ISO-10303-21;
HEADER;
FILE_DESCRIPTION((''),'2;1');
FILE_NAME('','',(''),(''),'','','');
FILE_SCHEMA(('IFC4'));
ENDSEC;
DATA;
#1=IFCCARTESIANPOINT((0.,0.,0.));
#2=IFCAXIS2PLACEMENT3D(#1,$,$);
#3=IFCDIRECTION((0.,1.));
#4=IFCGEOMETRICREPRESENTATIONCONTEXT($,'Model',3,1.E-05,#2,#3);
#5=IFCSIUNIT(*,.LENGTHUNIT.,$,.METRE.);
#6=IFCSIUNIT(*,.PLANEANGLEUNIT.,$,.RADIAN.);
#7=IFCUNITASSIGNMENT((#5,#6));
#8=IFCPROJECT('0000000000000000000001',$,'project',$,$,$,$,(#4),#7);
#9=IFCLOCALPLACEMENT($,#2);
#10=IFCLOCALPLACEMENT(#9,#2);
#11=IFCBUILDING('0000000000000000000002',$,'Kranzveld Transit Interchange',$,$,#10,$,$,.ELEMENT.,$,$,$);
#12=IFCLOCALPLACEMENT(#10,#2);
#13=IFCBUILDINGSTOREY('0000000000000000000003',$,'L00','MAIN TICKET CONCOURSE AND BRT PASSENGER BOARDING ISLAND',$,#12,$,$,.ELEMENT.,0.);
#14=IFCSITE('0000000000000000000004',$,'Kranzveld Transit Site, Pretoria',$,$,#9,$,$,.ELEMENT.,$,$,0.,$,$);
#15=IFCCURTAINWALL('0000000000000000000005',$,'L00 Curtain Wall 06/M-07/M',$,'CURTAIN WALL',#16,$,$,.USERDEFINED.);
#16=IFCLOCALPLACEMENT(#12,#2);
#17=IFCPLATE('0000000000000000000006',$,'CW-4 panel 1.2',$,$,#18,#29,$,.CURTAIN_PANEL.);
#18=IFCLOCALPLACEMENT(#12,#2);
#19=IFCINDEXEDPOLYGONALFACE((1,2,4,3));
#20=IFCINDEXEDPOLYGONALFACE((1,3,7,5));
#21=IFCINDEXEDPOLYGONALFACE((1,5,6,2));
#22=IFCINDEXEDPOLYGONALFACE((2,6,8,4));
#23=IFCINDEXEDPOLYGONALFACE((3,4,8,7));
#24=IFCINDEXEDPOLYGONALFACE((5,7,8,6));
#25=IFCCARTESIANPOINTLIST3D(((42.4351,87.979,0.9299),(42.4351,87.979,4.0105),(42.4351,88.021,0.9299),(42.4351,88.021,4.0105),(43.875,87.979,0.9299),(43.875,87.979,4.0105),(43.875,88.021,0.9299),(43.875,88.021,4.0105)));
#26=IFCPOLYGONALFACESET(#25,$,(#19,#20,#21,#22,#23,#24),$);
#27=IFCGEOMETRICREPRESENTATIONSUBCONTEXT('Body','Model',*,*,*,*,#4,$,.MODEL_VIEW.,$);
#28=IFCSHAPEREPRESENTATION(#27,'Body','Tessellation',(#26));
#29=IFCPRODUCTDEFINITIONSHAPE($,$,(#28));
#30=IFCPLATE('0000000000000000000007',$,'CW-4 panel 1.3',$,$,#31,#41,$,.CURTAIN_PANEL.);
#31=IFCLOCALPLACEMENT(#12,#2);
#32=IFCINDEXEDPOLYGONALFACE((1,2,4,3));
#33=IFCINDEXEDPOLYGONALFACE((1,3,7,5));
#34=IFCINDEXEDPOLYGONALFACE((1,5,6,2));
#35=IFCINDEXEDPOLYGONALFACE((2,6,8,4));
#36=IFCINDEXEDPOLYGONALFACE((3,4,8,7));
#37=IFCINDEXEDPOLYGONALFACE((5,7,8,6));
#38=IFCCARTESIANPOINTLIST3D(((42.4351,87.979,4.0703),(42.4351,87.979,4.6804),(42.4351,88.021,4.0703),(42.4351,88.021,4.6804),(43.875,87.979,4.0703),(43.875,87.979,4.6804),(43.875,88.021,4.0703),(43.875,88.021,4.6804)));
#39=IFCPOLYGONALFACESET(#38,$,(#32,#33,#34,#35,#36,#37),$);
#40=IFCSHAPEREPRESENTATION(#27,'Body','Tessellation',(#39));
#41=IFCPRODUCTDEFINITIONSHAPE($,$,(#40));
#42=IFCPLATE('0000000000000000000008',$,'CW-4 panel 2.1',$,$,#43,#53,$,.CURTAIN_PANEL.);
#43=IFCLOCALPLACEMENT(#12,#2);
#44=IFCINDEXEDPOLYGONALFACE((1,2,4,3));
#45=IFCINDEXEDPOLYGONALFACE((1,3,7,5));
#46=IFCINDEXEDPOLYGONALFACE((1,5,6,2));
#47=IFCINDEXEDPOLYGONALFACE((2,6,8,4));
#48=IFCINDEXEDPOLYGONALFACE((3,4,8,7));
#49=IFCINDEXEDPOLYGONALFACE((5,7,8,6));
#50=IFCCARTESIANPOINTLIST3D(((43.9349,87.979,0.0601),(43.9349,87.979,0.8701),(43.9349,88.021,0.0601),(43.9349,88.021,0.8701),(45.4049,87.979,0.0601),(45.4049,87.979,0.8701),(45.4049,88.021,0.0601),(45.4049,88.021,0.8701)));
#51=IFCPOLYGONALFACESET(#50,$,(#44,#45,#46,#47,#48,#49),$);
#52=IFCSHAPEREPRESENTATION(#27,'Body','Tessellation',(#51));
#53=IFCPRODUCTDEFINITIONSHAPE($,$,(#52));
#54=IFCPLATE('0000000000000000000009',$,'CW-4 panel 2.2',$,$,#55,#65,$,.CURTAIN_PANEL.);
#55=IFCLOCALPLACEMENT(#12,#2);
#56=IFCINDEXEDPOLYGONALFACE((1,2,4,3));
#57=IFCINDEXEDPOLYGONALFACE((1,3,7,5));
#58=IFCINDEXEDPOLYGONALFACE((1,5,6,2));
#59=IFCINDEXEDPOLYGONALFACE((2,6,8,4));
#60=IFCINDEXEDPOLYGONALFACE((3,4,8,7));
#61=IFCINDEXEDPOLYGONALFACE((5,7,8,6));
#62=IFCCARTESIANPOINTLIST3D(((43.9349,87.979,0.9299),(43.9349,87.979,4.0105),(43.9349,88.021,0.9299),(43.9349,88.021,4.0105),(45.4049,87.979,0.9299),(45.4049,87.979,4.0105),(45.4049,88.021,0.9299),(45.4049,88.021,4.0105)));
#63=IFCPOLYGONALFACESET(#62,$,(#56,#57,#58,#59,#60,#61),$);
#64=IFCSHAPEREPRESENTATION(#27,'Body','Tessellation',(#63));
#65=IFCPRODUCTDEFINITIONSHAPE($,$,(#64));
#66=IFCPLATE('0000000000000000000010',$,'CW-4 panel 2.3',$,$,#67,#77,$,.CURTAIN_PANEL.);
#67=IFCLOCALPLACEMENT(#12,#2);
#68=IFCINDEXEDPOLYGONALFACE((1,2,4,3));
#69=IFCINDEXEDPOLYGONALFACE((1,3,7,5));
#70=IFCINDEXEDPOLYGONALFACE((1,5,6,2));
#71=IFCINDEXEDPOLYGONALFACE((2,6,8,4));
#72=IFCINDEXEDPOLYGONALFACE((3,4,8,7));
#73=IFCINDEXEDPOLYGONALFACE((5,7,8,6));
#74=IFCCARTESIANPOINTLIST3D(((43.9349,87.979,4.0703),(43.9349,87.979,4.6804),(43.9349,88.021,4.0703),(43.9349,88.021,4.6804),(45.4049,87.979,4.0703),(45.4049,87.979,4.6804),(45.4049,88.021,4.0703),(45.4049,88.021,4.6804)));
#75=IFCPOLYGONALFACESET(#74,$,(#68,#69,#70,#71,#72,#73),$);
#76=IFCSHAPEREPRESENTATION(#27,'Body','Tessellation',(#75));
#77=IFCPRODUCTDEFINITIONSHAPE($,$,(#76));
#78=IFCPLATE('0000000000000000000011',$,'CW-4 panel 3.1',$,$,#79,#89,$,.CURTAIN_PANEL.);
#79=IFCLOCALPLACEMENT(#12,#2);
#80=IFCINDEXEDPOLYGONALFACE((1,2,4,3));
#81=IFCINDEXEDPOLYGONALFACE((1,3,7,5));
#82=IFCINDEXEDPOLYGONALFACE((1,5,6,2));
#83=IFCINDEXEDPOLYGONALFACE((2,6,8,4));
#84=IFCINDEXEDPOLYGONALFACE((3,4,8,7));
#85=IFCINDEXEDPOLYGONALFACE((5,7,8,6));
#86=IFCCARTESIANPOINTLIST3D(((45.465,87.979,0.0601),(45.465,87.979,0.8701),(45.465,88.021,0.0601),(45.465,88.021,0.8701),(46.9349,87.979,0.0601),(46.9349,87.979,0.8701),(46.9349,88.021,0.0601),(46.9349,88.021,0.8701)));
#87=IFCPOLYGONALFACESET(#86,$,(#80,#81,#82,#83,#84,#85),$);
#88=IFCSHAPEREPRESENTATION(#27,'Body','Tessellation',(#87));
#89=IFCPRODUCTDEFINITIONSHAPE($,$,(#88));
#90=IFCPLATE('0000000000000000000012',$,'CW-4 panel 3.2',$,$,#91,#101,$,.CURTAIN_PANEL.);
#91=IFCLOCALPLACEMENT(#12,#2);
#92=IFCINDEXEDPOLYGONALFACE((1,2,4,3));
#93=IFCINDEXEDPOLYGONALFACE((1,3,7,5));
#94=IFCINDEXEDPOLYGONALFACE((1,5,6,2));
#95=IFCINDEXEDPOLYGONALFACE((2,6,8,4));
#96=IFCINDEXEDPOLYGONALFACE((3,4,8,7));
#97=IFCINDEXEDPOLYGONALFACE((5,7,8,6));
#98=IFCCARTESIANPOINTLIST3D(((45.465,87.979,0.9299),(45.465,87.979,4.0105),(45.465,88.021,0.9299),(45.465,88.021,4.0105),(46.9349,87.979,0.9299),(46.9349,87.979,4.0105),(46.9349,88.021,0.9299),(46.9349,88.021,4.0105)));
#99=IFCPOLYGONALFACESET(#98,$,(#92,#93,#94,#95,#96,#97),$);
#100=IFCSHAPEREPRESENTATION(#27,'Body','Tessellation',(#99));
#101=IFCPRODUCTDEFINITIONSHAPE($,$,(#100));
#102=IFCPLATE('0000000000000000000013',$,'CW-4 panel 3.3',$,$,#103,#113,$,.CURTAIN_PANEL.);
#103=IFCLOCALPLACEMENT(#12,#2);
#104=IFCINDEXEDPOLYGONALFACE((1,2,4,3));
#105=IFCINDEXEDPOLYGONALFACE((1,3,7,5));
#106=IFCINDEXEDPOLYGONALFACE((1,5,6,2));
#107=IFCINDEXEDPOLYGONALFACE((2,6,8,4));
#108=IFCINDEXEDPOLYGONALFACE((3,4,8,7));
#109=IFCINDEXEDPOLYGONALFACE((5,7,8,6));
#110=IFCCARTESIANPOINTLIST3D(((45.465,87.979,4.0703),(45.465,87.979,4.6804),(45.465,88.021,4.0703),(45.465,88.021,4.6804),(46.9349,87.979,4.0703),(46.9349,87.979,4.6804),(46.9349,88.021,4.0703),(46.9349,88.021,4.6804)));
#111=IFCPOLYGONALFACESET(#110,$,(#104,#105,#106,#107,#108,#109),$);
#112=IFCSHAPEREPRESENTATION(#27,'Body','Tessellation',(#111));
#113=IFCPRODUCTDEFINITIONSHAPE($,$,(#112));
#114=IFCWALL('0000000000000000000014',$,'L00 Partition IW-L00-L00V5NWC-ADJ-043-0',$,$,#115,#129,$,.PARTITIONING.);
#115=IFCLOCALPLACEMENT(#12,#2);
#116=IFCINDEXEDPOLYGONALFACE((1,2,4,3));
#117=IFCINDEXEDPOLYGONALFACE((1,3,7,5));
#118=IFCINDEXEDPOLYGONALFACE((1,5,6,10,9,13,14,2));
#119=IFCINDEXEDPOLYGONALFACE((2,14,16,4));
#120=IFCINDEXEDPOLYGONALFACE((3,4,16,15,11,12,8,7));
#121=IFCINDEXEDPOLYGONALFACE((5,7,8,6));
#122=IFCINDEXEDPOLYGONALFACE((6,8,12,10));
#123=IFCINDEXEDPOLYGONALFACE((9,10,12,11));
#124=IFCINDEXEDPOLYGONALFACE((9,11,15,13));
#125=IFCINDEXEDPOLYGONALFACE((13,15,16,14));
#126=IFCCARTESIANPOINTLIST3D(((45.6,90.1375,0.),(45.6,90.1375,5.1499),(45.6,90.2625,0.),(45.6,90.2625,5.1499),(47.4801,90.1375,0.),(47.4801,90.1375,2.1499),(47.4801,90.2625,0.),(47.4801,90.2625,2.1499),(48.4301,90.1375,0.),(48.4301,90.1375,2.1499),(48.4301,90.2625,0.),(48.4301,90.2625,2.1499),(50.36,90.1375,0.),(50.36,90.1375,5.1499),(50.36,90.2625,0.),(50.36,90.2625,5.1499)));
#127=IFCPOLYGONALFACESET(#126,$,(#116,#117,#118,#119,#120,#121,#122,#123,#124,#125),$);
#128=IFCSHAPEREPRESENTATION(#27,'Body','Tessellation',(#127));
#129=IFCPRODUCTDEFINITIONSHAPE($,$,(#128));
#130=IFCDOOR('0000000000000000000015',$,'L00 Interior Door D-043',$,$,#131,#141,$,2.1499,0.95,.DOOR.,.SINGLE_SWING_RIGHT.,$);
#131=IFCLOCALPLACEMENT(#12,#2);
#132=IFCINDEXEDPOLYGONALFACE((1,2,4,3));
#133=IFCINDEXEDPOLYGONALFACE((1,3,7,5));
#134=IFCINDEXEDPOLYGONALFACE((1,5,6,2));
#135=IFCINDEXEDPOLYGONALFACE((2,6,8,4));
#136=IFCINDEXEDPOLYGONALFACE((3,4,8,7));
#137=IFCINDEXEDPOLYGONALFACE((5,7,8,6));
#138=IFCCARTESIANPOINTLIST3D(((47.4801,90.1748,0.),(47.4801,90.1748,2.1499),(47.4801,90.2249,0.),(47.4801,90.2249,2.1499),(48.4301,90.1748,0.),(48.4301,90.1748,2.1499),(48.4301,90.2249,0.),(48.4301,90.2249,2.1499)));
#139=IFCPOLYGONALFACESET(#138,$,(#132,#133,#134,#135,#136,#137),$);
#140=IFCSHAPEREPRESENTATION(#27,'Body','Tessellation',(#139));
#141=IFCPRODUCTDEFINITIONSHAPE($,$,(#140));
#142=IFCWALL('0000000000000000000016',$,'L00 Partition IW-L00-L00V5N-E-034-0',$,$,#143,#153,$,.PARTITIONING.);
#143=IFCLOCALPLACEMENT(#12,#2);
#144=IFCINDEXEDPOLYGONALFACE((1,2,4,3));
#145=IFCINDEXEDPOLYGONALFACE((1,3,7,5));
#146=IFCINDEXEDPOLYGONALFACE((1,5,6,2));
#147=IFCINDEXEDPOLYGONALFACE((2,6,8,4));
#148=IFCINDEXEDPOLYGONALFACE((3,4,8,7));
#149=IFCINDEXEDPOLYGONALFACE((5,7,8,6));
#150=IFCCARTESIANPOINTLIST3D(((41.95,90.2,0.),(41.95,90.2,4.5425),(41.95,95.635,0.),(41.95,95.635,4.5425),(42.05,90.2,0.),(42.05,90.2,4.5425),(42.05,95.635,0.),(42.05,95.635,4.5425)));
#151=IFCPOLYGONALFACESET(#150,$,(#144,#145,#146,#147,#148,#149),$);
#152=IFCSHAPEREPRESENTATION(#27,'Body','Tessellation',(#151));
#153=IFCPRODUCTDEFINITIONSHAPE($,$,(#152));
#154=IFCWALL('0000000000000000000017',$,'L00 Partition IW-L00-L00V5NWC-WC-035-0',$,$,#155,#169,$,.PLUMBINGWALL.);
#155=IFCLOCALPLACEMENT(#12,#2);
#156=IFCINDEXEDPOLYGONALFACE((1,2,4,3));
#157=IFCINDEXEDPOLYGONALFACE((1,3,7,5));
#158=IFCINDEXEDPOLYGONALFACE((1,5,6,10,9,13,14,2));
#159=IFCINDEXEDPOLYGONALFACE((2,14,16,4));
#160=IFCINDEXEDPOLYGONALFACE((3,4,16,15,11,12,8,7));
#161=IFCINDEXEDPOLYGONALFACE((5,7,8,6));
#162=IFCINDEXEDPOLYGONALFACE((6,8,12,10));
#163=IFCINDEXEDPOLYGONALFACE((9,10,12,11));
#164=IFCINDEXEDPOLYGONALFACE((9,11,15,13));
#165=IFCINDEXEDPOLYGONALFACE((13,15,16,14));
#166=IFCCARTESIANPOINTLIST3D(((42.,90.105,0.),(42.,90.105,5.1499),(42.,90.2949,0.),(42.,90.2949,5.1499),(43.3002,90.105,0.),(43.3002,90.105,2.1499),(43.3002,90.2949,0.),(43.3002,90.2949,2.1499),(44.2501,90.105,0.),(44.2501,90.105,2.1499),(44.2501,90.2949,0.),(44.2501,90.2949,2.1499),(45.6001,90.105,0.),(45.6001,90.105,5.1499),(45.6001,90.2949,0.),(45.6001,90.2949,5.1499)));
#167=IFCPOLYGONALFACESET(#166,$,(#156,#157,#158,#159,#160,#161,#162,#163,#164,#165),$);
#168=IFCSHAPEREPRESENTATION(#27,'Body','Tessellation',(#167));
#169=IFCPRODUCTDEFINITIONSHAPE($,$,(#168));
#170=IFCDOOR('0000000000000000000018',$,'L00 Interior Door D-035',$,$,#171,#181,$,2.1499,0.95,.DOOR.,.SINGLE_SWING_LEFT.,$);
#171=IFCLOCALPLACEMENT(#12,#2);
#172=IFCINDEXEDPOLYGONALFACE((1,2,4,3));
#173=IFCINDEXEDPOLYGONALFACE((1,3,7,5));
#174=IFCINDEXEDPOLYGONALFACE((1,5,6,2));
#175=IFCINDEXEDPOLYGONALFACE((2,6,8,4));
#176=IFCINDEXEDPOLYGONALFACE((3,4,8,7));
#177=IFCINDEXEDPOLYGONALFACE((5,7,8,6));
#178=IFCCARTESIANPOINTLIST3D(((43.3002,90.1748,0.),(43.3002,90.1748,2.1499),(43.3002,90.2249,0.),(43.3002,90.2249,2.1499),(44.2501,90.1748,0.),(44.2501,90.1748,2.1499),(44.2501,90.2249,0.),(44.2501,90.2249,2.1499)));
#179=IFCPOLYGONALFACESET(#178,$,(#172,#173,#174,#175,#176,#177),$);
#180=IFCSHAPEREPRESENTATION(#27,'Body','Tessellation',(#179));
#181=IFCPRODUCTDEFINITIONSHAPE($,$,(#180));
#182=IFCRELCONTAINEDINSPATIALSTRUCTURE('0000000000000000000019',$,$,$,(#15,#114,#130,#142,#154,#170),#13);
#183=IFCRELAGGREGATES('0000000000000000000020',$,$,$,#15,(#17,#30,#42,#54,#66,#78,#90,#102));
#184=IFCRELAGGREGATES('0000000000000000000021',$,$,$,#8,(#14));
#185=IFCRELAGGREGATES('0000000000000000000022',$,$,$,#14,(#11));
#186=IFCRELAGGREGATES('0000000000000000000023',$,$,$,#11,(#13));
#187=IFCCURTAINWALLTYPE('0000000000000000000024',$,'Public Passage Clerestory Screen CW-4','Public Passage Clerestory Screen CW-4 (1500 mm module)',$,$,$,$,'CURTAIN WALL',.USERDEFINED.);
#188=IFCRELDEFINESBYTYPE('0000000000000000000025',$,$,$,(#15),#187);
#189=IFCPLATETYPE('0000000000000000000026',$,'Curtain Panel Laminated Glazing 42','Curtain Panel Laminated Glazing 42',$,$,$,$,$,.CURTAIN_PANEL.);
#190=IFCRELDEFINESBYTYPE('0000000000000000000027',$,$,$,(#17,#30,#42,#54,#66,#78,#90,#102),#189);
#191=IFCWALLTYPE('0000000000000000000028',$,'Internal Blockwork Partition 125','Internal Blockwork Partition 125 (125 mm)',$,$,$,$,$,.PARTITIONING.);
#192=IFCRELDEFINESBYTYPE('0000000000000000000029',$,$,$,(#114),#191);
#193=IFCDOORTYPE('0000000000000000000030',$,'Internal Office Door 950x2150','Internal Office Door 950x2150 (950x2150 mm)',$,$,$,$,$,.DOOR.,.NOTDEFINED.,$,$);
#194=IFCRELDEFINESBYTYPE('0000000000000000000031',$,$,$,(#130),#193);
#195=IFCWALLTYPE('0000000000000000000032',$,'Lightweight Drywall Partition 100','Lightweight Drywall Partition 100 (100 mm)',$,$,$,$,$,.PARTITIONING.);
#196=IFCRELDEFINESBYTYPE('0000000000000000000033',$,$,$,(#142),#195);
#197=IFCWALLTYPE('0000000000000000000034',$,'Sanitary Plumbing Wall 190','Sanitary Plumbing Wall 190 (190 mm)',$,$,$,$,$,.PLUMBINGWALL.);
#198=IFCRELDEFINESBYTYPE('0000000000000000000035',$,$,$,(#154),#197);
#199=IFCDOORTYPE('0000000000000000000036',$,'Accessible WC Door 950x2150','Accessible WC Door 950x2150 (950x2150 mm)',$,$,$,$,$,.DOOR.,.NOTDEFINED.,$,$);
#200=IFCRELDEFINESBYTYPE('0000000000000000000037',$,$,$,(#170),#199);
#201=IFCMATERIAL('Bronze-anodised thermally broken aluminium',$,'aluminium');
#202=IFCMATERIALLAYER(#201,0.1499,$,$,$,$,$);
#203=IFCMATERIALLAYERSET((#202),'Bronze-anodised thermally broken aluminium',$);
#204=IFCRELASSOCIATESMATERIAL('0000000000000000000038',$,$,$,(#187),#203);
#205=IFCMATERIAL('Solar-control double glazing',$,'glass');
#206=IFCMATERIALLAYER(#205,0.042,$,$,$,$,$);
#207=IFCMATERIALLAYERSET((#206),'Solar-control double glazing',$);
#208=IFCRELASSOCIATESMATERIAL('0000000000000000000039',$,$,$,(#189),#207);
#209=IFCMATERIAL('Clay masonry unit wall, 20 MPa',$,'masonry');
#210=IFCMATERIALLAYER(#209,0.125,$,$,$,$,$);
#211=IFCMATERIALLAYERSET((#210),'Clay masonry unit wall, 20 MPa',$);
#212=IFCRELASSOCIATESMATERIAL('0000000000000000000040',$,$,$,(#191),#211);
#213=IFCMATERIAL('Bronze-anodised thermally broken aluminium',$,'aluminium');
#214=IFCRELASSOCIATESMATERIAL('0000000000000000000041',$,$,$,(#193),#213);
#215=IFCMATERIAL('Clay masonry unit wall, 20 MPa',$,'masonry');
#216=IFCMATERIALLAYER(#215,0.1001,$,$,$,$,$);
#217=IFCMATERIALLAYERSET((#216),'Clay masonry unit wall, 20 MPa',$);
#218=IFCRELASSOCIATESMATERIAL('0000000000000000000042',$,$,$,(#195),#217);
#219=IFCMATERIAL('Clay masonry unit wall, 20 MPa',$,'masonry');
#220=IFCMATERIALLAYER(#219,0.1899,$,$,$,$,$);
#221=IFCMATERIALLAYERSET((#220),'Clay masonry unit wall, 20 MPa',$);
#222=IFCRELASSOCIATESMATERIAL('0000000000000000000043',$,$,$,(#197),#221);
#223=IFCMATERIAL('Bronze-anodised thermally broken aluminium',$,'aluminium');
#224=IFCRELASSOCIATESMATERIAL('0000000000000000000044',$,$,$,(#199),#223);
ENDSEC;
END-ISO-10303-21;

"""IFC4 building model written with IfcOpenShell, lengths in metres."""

from ifc_helpers import new_model, si_unit, direction, frame, frame_2d, origin, origin_2d, place, context, subcontext, project, spatial, rectangle, extrude, material, layer, layer_set, type_object, element, fill, aggregate, save


model = new_model("IFC4")

# Units and contexts
model_context = context("Model", 3, precision=1e-05, world=origin(), true_north=direction((0.0, 1.0)))
body_context = subcontext(model_context, "Body", "Model", "MODEL_VIEW")
ifc_project = project(units=[si_unit("LENGTHUNIT", "METRE"), si_unit("PLANEANGLEUNIT", "RADIAN")], contexts=[model_context])

# Site, building, storey
site_placement = place(None, origin())
site = spatial("IfcSite", under=ifc_project, at=site_placement, Name="Kranzveld Transit Site, Pretoria", CompositionType="ELEMENT", RefElevation=0.0)
building_placement = place(site_placement, origin())
building = spatial("IfcBuilding", under=site, at=building_placement, Name="Kranzveld Transit Interchange", CompositionType="ELEMENT")
storey_placement = place(building_placement, origin())
storey = spatial("IfcBuildingStorey", under=building, at=storey_placement, Name="L00", Description="MAIN TICKET CONCOURSE AND BRT PASSENGER BOARDING ISLAND", CompositionType="ELEMENT", Elevation=0.0)

# Curtain wall
ifc_material_1 = material(Name="Bronze-anodised thermally broken aluminium", Category="aluminium")
ifc_layer_1 = layer(ifc_material_1, 0.1499)
ifc_layer_set_1 = layer_set([ifc_layer_1], Name="Bronze-anodised thermally broken aluminium")
curtain_wall_type = type_object("IfcCurtainWallType", Name="Public Passage Clerestory Screen CW-4", Description="Public Passage Clerestory Screen CW-4 (1500 mm module)", ElementType="CURTAIN WALL", PredefinedType="USERDEFINED", material=ifc_layer_set_1)
curtain_wall_placement = place(storey_placement, origin())
curtain_wall = element("IfcCurtainWall", 1, at=curtain_wall_placement, inside=storey, type_object=curtain_wall_type, Name="L00 Curtain Wall 06/M-07/M", ObjectType="CURTAIN WALL", PredefinedType="USERDEFINED")

# Plates
ifc_material_2 = material(Name="Solar-control double glazing", Category="glass")
ifc_layer_2 = layer(ifc_material_2, 0.042)
ifc_layer_set_2 = layer_set([ifc_layer_2], Name="Solar-control double glazing")
plate_type = type_object("IfcPlateType", Name="Curtain Panel Laminated Glazing 42", Description="Curtain Panel Laminated Glazing 42", PredefinedType="CURTAIN_PANEL", material=ifc_layer_set_2)
plate_1_placement = place(storey_placement, frame((43.155, 88.0, 0.9299), z_axis=(0.0, 0.0, 1.0), x_axis=(1.0, 0.0, 0.0)))
plate_1 = element("IfcPlate", 2, at=plate_1_placement, type_object=plate_type, Name="CW-4 panel 1.2", PredefinedType="CURTAIN_PANEL", context=body_context, shape_type="SweptSolid", body=[
    extrude(rectangle(XDim=1.4399, YDim=0.042, at=origin_2d()), origin(), (0.0, 0.0, 1.0), 3.0806),
])
plate_2_placement = place(storey_placement, frame((43.155, 88.0, 4.0703), z_axis=(0.0, 0.0, 1.0), x_axis=(1.0, 0.0, 0.0)))
plate_2 = element("IfcPlate", 3, at=plate_2_placement, type_object=plate_type, Name="CW-4 panel 1.3", PredefinedType="CURTAIN_PANEL", context=body_context, shape_type="SweptSolid", body=[
    extrude(rectangle(XDim=1.4399, YDim=0.042, at=origin_2d()), origin(), (0.0, 0.0, 1.0), 0.6101),
])
plate_3_placement = place(storey_placement, frame((44.6699, 88.0, 0.0601), z_axis=(0.0, 0.0, 1.0), x_axis=(1.0, 0.0, 0.0)))
plate_3 = element("IfcPlate", 4, at=plate_3_placement, type_object=plate_type, Name="CW-4 panel 2.1", PredefinedType="CURTAIN_PANEL", context=body_context, shape_type="SweptSolid", body=[
    extrude(rectangle(XDim=1.47, YDim=0.042, at=origin_2d()), origin(), (0.0, 0.0, 1.0), 0.8101),
])
plate_4_placement = place(storey_placement, frame((44.6699, 88.0, 0.9299), z_axis=(0.0, 0.0, 1.0), x_axis=(1.0, 0.0, 0.0)))
plate_4 = element("IfcPlate", 5, at=plate_4_placement, type_object=plate_type, Name="CW-4 panel 2.2", PredefinedType="CURTAIN_PANEL", context=body_context, shape_type="SweptSolid", body=[
    extrude(rectangle(XDim=1.47, YDim=0.042, at=origin_2d()), origin(), (0.0, 0.0, 1.0), 3.0806),
])
plate_5_placement = place(storey_placement, frame((44.6699, 88.0, 4.0703), z_axis=(0.0, 0.0, 1.0), x_axis=(1.0, 0.0, 0.0)))
plate_5 = element("IfcPlate", 6, at=plate_5_placement, type_object=plate_type, Name="CW-4 panel 2.3", PredefinedType="CURTAIN_PANEL", context=body_context, shape_type="SweptSolid", body=[
    extrude(rectangle(XDim=1.47, YDim=0.042, at=origin_2d()), origin(), (0.0, 0.0, 1.0), 0.6101),
])
plate_6_placement = place(storey_placement, frame((46.2, 88.0, 0.0601), z_axis=(0.0, 0.0, 1.0), x_axis=(1.0, 0.0, 0.0)))
plate_6 = element("IfcPlate", 7, at=plate_6_placement, type_object=plate_type, Name="CW-4 panel 3.1", PredefinedType="CURTAIN_PANEL", context=body_context, shape_type="SweptSolid", body=[
    extrude(rectangle(XDim=1.47, YDim=0.042, at=origin_2d()), origin(), (0.0, 0.0, 1.0), 0.8101),
])
plate_7_placement = place(storey_placement, frame((46.2, 88.0, 0.9299), z_axis=(0.0, 0.0, 1.0), x_axis=(1.0, 0.0, 0.0)))
plate_7 = element("IfcPlate", 8, at=plate_7_placement, type_object=plate_type, Name="CW-4 panel 3.2", PredefinedType="CURTAIN_PANEL", context=body_context, shape_type="SweptSolid", body=[
    extrude(rectangle(XDim=1.47, YDim=0.042, at=origin_2d()), origin(), (0.0, 0.0, 1.0), 3.0806),
])
plate_8_placement = place(storey_placement, frame((46.2, 88.0, 4.0703), z_axis=(0.0, 0.0, 1.0), x_axis=(1.0, 0.0, 0.0)))
plate_8 = element("IfcPlate", 9, at=plate_8_placement, type_object=plate_type, Name="CW-4 panel 3.3", PredefinedType="CURTAIN_PANEL", context=body_context, shape_type="SweptSolid", body=[
    extrude(rectangle(XDim=1.47, YDim=0.042, at=origin_2d()), origin(), (0.0, 0.0, 1.0), 0.6101),
])
aggregate(curtain_wall, [plate_1, plate_2, plate_3, plate_4, plate_5, plate_6, plate_7, plate_8])

# Wall, opening, door
ifc_material_3 = material(Name="Clay masonry unit wall, 20 MPa", Category="masonry")
ifc_layer_3 = layer(ifc_material_3, 0.125)
ifc_layer_set_3 = layer_set([ifc_layer_3], Name="Clay masonry unit wall, 20 MPa")
wall_type_1 = type_object("IfcWallType", Name="Internal Blockwork Partition 125", Description="Internal Blockwork Partition 125 (125 mm)", PredefinedType="PARTITIONING", material=ifc_layer_set_3)
wall_1_placement = place(storey_placement, frame((45.6001, 90.2, 0.0), z_axis=(0.0, 0.0, 1.0), x_axis=(1.0, 0.0, 0.0)))
wall_1 = element("IfcWall", 10, at=wall_1_placement, inside=storey, type_object=wall_type_1, Name="L00 Partition IW-L00-L00V5NWC-ADJ-043-0", PredefinedType="PARTITIONING", context=body_context, shape_type="SweptSolid", body=[
    extrude(rectangle(XDim=4.76, YDim=0.125, at=frame_2d((2.3799, 0.0))), origin(), (0.0, 0.0, 1.0), 5.1499),
])
opening_1_placement = place(wall_1_placement, frame((1.8799, 0.0, 0.0), z_axis=(0.0, 0.0, 1.0), x_axis=(1.0, 0.0, 0.0)))
opening_1 = element("IfcOpeningElement", 11, at=opening_1_placement, cuts=wall_1, PredefinedType="OPENING", context=body_context, shape_type="SweptSolid", body=[
    extrude(rectangle(XDim=0.95, YDim=2.1499, at=frame_2d((0.4751, 1.075))), frame((0.0, 0.0725, 0.0), z_axis=(0.0, -1.0, 0.0), x_axis=(1.0, 0.0, 0.0)), (0.0, 0.0, 1.0), 0.145),
])
ifc_material_4 = material(Name="Bronze-anodised thermally broken aluminium", Category="aluminium")
door_type_1 = type_object("IfcDoorType", Name="Internal Office Door 950x2150", Description="Internal Office Door 950x2150 (950x2150 mm)", OperationType="NOTDEFINED", PredefinedType="DOOR", material=ifc_material_4)
door_1_placement = place(opening_1_placement, origin())
door_1 = element("IfcDoor", 12, at=door_1_placement, inside=storey, type_object=door_type_1, Name="L00 Interior Door D-043", OperationType="SINGLE_SWING_RIGHT", OverallHeight=2.1499, OverallWidth=0.95, PredefinedType="DOOR", context=body_context, shape_type="SweptSolid", body=[
    extrude(rectangle(XDim=0.95, YDim=2.1499, at=frame_2d((0.4751, 1.075))), frame((0.0, 0.0249, 0.0), z_axis=(0.0, -1.0, 0.0), x_axis=(1.0, 0.0, 0.0)), (0.0, 0.0, 1.0), 0.05),
])
fill(opening_1, door_1)

# Wall
ifc_material_5 = material(Name="Clay masonry unit wall, 20 MPa", Category="masonry")
ifc_layer_4 = layer(ifc_material_5, 0.1001)
ifc_layer_set_4 = layer_set([ifc_layer_4], Name="Clay masonry unit wall, 20 MPa")
wall_type_2 = type_object("IfcWallType", Name="Lightweight Drywall Partition 100", Description="Lightweight Drywall Partition 100 (100 mm)", PredefinedType="PARTITIONING", material=ifc_layer_set_4)
wall_2_placement = place(storey_placement, frame((42.0, 90.2, 0.0), z_axis=(0.0, 0.0, 1.0), x_axis=(0.0, 1.0, 0.0)))
element("IfcWall", 13, at=wall_2_placement, inside=storey, type_object=wall_type_2, Name="L00 Partition IW-L00-L00V5N-E-034-0", PredefinedType="PARTITIONING", context=body_context, shape_type="SweptSolid", body=[
    extrude(rectangle(XDim=5.4351, YDim=0.1001, at=frame_2d((2.7175, 0.0))), origin(), (0.0, 0.0, 1.0), 4.5425),
])

# Wall, opening, door
ifc_material_6 = material(Name="Clay masonry unit wall, 20 MPa", Category="masonry")
ifc_layer_5 = layer(ifc_material_6, 0.1899)
ifc_layer_set_5 = layer_set([ifc_layer_5], Name="Clay masonry unit wall, 20 MPa")
wall_type_3 = type_object("IfcWallType", Name="Sanitary Plumbing Wall 190", Description="Sanitary Plumbing Wall 190 (190 mm)", PredefinedType="PLUMBINGWALL", material=ifc_layer_set_5)
wall_3_placement = place(storey_placement, frame((42.0, 90.2, 0.0), z_axis=(0.0, 0.0, 1.0), x_axis=(1.0, 0.0, 0.0)))
wall_3 = element("IfcWall", 14, at=wall_3_placement, inside=storey, type_object=wall_type_3, Name="L00 Partition IW-L00-L00V5NWC-WC-035-0", PredefinedType="PLUMBINGWALL", context=body_context, shape_type="SweptSolid", body=[
    extrude(rectangle(XDim=3.6001, YDim=0.1899, at=frame_2d((1.8, 0.0))), origin(), (0.0, 0.0, 1.0), 5.1499),
])
opening_2_placement = place(wall_3_placement, frame((1.3, 0.0, 0.0), z_axis=(0.0, 0.0, 1.0), x_axis=(1.0, 0.0, 0.0)))
opening_2 = element("IfcOpeningElement", 15, at=opening_2_placement, cuts=wall_3, PredefinedType="OPENING", context=body_context, shape_type="SweptSolid", body=[
    extrude(rectangle(XDim=0.95, YDim=2.1499, at=frame_2d((0.4751, 1.075))), frame((0.0, 0.105, 0.0), z_axis=(0.0, -1.0, 0.0), x_axis=(1.0, 0.0, 0.0)), (0.0, 0.0, 1.0), 0.21),
])
ifc_material_7 = material(Name="Bronze-anodised thermally broken aluminium", Category="aluminium")
door_type_2 = type_object("IfcDoorType", Name="Accessible WC Door 950x2150", Description="Accessible WC Door 950x2150 (950x2150 mm)", OperationType="NOTDEFINED", PredefinedType="DOOR", material=ifc_material_7)
door_2_placement = place(opening_2_placement, origin())
door_2 = element("IfcDoor", 16, at=door_2_placement, inside=storey, type_object=door_type_2, Name="L00 Interior Door D-035", OperationType="SINGLE_SWING_LEFT", OverallHeight=2.1499, OverallWidth=0.95, PredefinedType="DOOR", context=body_context, shape_type="SweptSolid", body=[
    extrude(rectangle(XDim=0.95, YDim=2.1499, at=frame_2d((0.4751, 1.075))), frame((0.0, 0.0249, 0.0), z_axis=(0.0, -1.0, 0.0), x_axis=(1.0, 0.0, 0.0)), (0.0, 0.0, 1.0), 0.05),
])
fill(opening_2, door_2)

save(model, "model.ifc")
